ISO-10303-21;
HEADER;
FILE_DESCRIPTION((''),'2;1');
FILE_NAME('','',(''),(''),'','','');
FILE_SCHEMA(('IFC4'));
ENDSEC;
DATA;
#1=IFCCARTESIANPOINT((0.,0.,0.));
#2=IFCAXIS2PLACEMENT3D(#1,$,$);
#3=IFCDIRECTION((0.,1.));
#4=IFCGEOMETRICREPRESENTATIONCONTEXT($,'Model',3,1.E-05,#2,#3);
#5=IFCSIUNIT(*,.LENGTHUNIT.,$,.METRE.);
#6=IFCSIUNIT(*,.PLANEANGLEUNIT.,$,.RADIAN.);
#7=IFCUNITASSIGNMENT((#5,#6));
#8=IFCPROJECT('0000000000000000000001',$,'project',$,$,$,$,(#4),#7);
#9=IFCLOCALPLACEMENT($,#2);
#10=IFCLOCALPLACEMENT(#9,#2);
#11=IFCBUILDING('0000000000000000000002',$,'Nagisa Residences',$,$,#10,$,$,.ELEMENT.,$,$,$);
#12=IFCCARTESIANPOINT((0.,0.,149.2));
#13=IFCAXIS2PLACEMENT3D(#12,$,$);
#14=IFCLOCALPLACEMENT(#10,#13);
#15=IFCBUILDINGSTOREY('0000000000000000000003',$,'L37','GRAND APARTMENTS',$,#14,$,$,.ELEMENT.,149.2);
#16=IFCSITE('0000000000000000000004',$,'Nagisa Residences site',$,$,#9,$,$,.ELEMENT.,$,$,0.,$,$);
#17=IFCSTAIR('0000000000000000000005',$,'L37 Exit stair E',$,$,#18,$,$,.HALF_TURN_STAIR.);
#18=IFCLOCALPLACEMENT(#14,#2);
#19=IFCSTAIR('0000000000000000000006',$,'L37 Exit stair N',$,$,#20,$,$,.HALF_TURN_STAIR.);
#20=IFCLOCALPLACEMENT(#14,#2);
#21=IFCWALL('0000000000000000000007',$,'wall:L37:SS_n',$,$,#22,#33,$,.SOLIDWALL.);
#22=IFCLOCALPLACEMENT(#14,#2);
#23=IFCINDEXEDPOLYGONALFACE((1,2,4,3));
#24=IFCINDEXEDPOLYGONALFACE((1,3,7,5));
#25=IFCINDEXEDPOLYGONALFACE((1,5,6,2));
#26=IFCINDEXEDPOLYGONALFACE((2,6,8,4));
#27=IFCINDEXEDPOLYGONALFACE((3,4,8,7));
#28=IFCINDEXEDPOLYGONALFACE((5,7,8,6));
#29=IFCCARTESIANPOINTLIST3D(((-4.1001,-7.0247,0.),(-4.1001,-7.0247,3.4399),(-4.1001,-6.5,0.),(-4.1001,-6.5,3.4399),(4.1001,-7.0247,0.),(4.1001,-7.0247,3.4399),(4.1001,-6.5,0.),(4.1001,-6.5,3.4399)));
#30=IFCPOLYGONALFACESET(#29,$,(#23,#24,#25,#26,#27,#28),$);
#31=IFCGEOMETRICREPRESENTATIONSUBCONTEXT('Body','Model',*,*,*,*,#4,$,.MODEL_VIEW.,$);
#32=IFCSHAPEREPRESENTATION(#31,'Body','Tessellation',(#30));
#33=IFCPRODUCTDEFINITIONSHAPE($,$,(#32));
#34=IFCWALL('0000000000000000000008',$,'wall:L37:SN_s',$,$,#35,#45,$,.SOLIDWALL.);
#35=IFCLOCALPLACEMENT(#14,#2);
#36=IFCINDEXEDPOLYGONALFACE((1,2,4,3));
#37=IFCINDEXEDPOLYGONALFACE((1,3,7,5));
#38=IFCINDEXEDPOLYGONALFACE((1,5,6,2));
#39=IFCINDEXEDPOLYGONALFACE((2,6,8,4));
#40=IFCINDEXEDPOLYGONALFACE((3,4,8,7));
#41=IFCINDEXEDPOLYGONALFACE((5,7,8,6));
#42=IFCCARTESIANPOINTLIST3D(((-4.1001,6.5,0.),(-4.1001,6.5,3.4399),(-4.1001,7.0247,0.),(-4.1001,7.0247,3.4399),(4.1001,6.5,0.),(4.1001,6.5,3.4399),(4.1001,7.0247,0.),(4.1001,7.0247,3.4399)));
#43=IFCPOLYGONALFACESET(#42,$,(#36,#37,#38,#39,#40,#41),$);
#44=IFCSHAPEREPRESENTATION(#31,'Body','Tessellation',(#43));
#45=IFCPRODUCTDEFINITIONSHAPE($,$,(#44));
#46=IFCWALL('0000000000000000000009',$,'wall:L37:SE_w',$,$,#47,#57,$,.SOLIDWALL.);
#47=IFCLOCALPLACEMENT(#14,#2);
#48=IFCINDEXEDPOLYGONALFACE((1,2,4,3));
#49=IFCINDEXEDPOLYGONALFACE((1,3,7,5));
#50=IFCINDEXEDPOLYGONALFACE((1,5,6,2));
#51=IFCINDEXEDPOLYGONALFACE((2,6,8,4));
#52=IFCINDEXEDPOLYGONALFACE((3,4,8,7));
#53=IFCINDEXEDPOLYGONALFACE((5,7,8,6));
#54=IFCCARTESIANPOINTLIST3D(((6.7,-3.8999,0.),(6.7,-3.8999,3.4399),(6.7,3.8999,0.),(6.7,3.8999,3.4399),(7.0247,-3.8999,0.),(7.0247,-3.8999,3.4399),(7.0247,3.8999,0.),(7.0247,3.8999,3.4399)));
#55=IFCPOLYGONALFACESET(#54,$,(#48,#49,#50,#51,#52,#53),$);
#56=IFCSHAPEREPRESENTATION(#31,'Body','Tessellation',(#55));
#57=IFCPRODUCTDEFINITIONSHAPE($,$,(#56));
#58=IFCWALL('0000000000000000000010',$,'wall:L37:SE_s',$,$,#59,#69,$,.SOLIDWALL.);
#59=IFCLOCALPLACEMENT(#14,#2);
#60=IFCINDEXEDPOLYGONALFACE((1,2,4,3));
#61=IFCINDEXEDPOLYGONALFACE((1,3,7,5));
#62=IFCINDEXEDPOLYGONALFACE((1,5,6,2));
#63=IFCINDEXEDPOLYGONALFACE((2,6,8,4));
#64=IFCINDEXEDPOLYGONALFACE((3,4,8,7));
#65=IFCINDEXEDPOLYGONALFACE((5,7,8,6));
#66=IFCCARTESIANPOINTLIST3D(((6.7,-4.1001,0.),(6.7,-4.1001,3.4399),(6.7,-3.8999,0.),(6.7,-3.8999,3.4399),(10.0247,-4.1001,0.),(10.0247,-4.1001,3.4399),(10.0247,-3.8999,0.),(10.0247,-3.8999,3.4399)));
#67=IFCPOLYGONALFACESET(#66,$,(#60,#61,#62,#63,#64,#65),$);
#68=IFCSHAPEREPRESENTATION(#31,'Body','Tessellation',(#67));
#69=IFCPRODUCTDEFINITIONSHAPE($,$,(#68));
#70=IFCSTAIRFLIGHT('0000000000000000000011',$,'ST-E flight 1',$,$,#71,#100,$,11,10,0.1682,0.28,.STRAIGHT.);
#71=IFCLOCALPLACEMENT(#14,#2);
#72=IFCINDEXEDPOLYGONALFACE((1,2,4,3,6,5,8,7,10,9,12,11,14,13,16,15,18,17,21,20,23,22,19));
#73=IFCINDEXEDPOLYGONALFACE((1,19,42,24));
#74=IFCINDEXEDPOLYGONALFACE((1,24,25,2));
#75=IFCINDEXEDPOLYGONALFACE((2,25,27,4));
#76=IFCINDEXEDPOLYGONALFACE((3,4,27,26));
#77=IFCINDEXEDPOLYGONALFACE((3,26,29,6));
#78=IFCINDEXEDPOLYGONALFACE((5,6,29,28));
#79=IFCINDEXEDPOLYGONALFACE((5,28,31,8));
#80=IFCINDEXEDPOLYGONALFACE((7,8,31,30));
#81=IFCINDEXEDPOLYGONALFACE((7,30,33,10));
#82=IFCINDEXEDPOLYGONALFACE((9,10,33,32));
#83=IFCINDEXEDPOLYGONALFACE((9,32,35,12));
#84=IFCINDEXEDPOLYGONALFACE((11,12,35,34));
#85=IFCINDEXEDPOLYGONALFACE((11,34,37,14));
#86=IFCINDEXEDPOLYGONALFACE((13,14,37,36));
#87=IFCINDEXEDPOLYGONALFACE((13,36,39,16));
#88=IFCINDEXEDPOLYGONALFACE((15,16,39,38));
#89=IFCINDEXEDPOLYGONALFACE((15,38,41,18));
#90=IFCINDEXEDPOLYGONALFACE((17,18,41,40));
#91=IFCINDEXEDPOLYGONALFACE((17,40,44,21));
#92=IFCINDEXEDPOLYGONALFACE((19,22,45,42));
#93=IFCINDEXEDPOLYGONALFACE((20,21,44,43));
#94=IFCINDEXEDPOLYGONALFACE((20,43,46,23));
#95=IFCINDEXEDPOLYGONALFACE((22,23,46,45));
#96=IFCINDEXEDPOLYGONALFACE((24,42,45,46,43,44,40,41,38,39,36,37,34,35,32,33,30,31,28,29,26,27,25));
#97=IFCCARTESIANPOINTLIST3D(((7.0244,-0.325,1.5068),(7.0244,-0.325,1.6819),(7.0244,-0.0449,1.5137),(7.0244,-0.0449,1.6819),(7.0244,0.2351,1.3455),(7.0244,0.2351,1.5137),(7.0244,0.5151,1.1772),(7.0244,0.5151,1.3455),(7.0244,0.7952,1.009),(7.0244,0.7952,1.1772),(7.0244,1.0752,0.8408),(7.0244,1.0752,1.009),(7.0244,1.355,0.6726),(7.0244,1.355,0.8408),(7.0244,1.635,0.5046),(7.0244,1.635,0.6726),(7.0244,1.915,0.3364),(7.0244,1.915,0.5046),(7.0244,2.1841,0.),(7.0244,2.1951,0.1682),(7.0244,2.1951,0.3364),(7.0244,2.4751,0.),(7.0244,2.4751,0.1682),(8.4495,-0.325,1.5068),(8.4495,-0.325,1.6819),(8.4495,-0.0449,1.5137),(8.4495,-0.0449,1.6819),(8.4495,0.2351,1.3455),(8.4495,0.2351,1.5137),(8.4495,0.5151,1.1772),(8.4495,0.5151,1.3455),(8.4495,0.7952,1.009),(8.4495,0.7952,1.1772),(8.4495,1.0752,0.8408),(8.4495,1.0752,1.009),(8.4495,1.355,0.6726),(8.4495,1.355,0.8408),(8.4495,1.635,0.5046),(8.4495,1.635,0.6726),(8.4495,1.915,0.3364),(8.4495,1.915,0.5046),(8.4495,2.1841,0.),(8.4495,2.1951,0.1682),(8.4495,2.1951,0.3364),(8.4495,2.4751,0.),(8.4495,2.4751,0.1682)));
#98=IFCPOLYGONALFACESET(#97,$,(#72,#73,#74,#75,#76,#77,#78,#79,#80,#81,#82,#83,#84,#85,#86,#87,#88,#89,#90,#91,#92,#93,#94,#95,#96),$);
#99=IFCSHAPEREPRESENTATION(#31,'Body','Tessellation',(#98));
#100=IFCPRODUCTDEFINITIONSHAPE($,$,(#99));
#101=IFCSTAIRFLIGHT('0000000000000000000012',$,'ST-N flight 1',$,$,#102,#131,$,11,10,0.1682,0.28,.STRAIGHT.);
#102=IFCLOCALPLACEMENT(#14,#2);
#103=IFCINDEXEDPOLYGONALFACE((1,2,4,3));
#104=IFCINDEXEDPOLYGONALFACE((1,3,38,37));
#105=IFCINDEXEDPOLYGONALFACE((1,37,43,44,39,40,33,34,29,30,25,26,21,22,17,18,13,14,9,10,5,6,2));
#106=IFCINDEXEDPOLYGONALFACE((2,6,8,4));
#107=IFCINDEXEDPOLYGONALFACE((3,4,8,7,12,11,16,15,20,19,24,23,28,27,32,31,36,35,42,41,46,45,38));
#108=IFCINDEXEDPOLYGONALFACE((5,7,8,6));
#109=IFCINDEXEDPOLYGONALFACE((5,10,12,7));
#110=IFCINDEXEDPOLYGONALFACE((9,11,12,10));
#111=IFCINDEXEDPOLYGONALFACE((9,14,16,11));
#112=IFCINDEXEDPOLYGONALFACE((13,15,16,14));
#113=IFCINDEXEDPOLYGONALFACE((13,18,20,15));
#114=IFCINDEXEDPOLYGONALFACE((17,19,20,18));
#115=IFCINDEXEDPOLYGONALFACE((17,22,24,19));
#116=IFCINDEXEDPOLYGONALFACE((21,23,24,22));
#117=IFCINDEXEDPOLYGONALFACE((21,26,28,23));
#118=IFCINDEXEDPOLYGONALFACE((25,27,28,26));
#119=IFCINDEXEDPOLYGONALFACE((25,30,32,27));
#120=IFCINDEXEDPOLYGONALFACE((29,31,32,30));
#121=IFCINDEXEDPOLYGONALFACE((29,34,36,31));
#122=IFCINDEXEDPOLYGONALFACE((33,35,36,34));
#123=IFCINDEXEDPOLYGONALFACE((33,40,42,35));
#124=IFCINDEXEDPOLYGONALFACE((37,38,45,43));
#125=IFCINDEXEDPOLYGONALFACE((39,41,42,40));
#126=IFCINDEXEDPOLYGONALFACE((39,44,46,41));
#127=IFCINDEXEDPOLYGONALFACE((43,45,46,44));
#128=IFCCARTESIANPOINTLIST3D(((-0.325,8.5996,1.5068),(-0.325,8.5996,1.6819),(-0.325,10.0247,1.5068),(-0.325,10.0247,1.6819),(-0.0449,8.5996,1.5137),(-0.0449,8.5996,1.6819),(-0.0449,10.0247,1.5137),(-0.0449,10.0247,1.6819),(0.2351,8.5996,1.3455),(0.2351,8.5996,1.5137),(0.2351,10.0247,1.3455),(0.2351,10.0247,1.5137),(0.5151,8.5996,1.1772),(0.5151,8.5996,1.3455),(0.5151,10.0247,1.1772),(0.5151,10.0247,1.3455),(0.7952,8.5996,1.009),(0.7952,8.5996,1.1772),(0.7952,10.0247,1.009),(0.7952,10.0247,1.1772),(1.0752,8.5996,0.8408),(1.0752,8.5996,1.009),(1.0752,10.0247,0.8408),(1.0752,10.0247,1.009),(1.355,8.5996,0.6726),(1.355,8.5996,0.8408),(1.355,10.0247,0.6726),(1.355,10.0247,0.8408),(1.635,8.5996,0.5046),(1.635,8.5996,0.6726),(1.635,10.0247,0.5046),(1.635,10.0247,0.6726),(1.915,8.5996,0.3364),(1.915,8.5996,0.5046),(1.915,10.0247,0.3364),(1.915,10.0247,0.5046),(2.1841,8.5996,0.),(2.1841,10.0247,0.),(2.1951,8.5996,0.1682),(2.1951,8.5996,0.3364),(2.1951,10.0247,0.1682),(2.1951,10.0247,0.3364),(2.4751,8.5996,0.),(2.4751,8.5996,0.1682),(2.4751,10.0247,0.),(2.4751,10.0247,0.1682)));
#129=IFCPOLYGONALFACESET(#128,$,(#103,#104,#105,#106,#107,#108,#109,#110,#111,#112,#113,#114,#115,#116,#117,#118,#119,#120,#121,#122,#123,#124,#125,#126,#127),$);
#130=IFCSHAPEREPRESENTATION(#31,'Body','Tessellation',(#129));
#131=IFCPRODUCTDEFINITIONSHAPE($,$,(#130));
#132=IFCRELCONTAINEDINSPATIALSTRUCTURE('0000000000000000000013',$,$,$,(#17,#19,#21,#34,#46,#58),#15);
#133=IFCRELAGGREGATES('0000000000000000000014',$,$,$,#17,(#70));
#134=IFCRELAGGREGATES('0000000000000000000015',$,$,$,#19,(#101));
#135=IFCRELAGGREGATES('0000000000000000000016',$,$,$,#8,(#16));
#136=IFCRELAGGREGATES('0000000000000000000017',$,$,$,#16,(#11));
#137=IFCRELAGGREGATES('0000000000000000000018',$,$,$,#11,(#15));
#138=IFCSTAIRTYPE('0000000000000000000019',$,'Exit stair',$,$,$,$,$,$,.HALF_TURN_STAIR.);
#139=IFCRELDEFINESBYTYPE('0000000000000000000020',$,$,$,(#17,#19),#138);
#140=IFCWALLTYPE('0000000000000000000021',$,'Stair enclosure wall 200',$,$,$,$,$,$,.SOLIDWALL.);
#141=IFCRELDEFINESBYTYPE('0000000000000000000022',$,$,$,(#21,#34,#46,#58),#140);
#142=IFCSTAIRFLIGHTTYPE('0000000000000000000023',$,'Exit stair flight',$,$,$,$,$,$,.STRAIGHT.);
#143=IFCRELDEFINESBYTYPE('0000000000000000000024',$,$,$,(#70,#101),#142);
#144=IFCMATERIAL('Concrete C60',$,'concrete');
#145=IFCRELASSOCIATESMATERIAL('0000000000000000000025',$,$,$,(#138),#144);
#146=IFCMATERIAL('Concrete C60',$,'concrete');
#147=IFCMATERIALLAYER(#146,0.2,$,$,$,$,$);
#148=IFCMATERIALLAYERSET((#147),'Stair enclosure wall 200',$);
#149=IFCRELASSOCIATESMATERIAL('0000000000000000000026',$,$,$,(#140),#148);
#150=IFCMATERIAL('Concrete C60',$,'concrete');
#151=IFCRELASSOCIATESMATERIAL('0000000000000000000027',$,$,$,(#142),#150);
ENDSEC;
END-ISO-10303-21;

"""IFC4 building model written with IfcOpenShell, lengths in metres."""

from ifc_helpers import new_model, si_unit, direction, frame, origin, place, context, subcontext, project, spatial, polyline, outline, extrude, material, layer, layer_set, type_object, element, aggregate, save


model = new_model("IFC4")

# Units and contexts
model_context = context("Model", 3, precision=1e-05, world=origin(), true_north=direction((0.0, 1.0)))
body_context = subcontext(model_context, "Body", "Model", "MODEL_VIEW")
ifc_project = project(units=[si_unit("LENGTHUNIT", "METRE"), si_unit("PLANEANGLEUNIT", "RADIAN")], contexts=[model_context])

# Site, building, storey
site_placement = place(None, origin())
site = spatial("IfcSite", under=ifc_project, at=site_placement, Name="Nagisa Residences site", CompositionType="ELEMENT", RefElevation=0.0)
building_placement = place(site_placement, origin())
building = spatial("IfcBuilding", under=site, at=building_placement, Name="Nagisa Residences", CompositionType="ELEMENT")
storey_placement = place(building_placement, frame((0.0, 0.0, 149.2)))
storey = spatial("IfcBuildingStorey", under=building, at=storey_placement, Name="L37", Description="GRAND APARTMENTS", CompositionType="ELEMENT", Elevation=149.2)

# Stairs
ifc_material_1 = material(Name="Concrete C60", Category="concrete")
stair_type = type_object("IfcStairType", Name="Exit stair", PredefinedType="HALF_TURN_STAIR", material=ifc_material_1)
stair_1_placement = place(storey_placement, origin())
stair_1 = element("IfcStair", 1, at=stair_1_placement, inside=storey, type_object=stair_type, Name="L37 Exit stair E", PredefinedType="HALF_TURN_STAIR")
stair_2_placement = place(storey_placement, origin())
stair_2 = element("IfcStair", 2, at=stair_2_placement, inside=storey, type_object=stair_type, Name="L37 Exit stair N", PredefinedType="HALF_TURN_STAIR")

# Shared definitions
ifc_material_2 = material(Name="Concrete C60", Category="concrete")
ifc_layer_1 = layer(ifc_material_2, 0.2)
ifc_layer_set_1 = layer_set([ifc_layer_1], Name="Stair enclosure wall 200")
wall_type_1 = type_object("IfcWallType", Name="Stair enclosure wall 200", PredefinedType="SOLIDWALL", material=ifc_layer_set_1)

# Walls
wall_1_placement = place(storey_placement, origin())
element("IfcWall", 3, at=wall_1_placement, inside=storey, type_object=wall_type_1, Name="wall:L37:SS_n", PredefinedType="SOLIDWALL", context=body_context, shape_type="SweptSolid", body=[
    extrude(outline(polyline([(4.1001, -7.0247), (-4.1001, -7.0247), (-4.1001, -6.5), (4.1001, -6.5), (4.1001, -7.0247)])), origin(), (0.0, 0.0, 1.0), 3.4399),
])
wall_2_placement = place(storey_placement, origin())
element("IfcWall", 4, at=wall_2_placement, inside=storey, type_object=wall_type_1, Name="wall:L37:SN_s", PredefinedType="SOLIDWALL", context=body_context, shape_type="SweptSolid", body=[
    extrude(outline(polyline([(4.1001, 6.5), (-4.1001, 6.5), (-4.1001, 7.0247), (4.1001, 7.0247), (4.1001, 6.5)])), origin(), (0.0, 0.0, 1.0), 3.4399),
])
wall_3_placement = place(storey_placement, origin())
element("IfcWall", 5, at=wall_3_placement, inside=storey, type_object=wall_type_1, Name="wall:L37:SE_w", PredefinedType="SOLIDWALL", context=body_context, shape_type="SweptSolid", body=[
    extrude(outline(polyline([(7.0247, -3.8999), (6.7, -3.8999), (6.7, 3.8999), (7.0247, 3.8999), (7.0247, -3.8999)])), origin(), (0.0, 0.0, 1.0), 3.4399),
])
wall_4_placement = place(storey_placement, origin())
element("IfcWall", 6, at=wall_4_placement, inside=storey, type_object=wall_type_1, Name="wall:L37:SE_s", PredefinedType="SOLIDWALL", context=body_context, shape_type="SweptSolid", body=[
    extrude(outline(polyline([(10.0247, -4.1001), (6.7, -4.1001), (6.7, -3.8999), (10.0247, -3.8999), (10.0247, -4.1001)])), origin(), (0.0, 0.0, 1.0), 3.4399),
])

# Stair flights
ifc_material_3 = material(Name="Concrete C60", Category="concrete")
stair_flight_type = type_object("IfcStairFlightType", Name="Exit stair flight", PredefinedType="STRAIGHT", material=ifc_material_3)
stair_flight_1_placement = place(storey_placement, frame((7.7371, 2.4751, 0.0), z_axis=(0.0, 0.0, 1.0), x_axis=(0.0, -1.0, 0.0)))
stair_flight_1 = element("IfcStairFlight", 7, at=stair_flight_1_placement, type_object=stair_flight_type, Name="ST-E flight 1", NumberOfRisers=11, NumberOfTreads=10, PredefinedType="STRAIGHT", RiserHeight=0.1682, TreadLength=0.28, context=body_context, shape_type="SweptSolid", body=[
    extrude(outline(polyline([(0.0, 0.0), (0.0, 0.1682), (0.28, 0.1682), (0.28, 0.3364), (0.5601, 0.3364), (0.5601, 0.5046), (0.8401, 0.5046), (0.8401, 0.6726), (1.1201, 0.6726), (1.1201, 0.8408), (1.3999, 0.8408), (1.3999, 1.009), (1.6799, 1.009), (1.6799, 1.1772), (1.96, 1.1772), (1.96, 1.3455), (2.24, 1.3455), (2.24, 1.5137), (2.52, 1.5137), (2.52, 1.6819), (2.8, 1.6819), (2.8, 1.8501), (2.8, 1.5068), (0.291, 0.0), (0.0, 0.0)])), frame((0.0, 0.7124, 0.0), z_axis=(0.0, -1.0, 0.0), x_axis=(1.0, 0.0, 0.0)), (0.0, 0.0, 1.0), 1.425),
])
aggregate(stair_1, [stair_flight_1])
stair_flight_2_placement = place(storey_placement, frame((2.4751, 9.312, 0.0), z_axis=(0.0, 0.0, 1.0), x_axis=(-1.0, 0.0, 0.0)))
stair_flight_2 = element("IfcStairFlight", 8, at=stair_flight_2_placement, type_object=stair_flight_type, Name="ST-N flight 1", NumberOfRisers=11, NumberOfTreads=10, PredefinedType="STRAIGHT", RiserHeight=0.1682, TreadLength=0.28, context=body_context, shape_type="SweptSolid", body=[
    extrude(outline(polyline([(0.0, 0.0), (0.0, 0.1682), (0.28, 0.1682), (0.28, 0.3364), (0.5601, 0.3364), (0.5601, 0.5046), (0.8401, 0.5046), (0.8401, 0.6726), (1.1201, 0.6726), (1.1201, 0.8408), (1.3999, 0.8408), (1.3999, 1.009), (1.6799, 1.009), (1.6799, 1.1772), (1.96, 1.1772), (1.96, 1.3455), (2.24, 1.3455), (2.24, 1.5137), (2.52, 1.5137), (2.52, 1.6819), (2.8, 1.6819), (2.8, 1.8501), (2.8, 1.5068), (0.291, 0.0), (0.0, 0.0)])), frame((0.0, 0.7124, 0.0), z_axis=(0.0, -1.0, 0.0), x_axis=(1.0, 0.0, 0.0)), (0.0, 0.0, 1.0), 1.425),
])
aggregate(stair_2, [stair_flight_2])

save(model, "model.ifc")
